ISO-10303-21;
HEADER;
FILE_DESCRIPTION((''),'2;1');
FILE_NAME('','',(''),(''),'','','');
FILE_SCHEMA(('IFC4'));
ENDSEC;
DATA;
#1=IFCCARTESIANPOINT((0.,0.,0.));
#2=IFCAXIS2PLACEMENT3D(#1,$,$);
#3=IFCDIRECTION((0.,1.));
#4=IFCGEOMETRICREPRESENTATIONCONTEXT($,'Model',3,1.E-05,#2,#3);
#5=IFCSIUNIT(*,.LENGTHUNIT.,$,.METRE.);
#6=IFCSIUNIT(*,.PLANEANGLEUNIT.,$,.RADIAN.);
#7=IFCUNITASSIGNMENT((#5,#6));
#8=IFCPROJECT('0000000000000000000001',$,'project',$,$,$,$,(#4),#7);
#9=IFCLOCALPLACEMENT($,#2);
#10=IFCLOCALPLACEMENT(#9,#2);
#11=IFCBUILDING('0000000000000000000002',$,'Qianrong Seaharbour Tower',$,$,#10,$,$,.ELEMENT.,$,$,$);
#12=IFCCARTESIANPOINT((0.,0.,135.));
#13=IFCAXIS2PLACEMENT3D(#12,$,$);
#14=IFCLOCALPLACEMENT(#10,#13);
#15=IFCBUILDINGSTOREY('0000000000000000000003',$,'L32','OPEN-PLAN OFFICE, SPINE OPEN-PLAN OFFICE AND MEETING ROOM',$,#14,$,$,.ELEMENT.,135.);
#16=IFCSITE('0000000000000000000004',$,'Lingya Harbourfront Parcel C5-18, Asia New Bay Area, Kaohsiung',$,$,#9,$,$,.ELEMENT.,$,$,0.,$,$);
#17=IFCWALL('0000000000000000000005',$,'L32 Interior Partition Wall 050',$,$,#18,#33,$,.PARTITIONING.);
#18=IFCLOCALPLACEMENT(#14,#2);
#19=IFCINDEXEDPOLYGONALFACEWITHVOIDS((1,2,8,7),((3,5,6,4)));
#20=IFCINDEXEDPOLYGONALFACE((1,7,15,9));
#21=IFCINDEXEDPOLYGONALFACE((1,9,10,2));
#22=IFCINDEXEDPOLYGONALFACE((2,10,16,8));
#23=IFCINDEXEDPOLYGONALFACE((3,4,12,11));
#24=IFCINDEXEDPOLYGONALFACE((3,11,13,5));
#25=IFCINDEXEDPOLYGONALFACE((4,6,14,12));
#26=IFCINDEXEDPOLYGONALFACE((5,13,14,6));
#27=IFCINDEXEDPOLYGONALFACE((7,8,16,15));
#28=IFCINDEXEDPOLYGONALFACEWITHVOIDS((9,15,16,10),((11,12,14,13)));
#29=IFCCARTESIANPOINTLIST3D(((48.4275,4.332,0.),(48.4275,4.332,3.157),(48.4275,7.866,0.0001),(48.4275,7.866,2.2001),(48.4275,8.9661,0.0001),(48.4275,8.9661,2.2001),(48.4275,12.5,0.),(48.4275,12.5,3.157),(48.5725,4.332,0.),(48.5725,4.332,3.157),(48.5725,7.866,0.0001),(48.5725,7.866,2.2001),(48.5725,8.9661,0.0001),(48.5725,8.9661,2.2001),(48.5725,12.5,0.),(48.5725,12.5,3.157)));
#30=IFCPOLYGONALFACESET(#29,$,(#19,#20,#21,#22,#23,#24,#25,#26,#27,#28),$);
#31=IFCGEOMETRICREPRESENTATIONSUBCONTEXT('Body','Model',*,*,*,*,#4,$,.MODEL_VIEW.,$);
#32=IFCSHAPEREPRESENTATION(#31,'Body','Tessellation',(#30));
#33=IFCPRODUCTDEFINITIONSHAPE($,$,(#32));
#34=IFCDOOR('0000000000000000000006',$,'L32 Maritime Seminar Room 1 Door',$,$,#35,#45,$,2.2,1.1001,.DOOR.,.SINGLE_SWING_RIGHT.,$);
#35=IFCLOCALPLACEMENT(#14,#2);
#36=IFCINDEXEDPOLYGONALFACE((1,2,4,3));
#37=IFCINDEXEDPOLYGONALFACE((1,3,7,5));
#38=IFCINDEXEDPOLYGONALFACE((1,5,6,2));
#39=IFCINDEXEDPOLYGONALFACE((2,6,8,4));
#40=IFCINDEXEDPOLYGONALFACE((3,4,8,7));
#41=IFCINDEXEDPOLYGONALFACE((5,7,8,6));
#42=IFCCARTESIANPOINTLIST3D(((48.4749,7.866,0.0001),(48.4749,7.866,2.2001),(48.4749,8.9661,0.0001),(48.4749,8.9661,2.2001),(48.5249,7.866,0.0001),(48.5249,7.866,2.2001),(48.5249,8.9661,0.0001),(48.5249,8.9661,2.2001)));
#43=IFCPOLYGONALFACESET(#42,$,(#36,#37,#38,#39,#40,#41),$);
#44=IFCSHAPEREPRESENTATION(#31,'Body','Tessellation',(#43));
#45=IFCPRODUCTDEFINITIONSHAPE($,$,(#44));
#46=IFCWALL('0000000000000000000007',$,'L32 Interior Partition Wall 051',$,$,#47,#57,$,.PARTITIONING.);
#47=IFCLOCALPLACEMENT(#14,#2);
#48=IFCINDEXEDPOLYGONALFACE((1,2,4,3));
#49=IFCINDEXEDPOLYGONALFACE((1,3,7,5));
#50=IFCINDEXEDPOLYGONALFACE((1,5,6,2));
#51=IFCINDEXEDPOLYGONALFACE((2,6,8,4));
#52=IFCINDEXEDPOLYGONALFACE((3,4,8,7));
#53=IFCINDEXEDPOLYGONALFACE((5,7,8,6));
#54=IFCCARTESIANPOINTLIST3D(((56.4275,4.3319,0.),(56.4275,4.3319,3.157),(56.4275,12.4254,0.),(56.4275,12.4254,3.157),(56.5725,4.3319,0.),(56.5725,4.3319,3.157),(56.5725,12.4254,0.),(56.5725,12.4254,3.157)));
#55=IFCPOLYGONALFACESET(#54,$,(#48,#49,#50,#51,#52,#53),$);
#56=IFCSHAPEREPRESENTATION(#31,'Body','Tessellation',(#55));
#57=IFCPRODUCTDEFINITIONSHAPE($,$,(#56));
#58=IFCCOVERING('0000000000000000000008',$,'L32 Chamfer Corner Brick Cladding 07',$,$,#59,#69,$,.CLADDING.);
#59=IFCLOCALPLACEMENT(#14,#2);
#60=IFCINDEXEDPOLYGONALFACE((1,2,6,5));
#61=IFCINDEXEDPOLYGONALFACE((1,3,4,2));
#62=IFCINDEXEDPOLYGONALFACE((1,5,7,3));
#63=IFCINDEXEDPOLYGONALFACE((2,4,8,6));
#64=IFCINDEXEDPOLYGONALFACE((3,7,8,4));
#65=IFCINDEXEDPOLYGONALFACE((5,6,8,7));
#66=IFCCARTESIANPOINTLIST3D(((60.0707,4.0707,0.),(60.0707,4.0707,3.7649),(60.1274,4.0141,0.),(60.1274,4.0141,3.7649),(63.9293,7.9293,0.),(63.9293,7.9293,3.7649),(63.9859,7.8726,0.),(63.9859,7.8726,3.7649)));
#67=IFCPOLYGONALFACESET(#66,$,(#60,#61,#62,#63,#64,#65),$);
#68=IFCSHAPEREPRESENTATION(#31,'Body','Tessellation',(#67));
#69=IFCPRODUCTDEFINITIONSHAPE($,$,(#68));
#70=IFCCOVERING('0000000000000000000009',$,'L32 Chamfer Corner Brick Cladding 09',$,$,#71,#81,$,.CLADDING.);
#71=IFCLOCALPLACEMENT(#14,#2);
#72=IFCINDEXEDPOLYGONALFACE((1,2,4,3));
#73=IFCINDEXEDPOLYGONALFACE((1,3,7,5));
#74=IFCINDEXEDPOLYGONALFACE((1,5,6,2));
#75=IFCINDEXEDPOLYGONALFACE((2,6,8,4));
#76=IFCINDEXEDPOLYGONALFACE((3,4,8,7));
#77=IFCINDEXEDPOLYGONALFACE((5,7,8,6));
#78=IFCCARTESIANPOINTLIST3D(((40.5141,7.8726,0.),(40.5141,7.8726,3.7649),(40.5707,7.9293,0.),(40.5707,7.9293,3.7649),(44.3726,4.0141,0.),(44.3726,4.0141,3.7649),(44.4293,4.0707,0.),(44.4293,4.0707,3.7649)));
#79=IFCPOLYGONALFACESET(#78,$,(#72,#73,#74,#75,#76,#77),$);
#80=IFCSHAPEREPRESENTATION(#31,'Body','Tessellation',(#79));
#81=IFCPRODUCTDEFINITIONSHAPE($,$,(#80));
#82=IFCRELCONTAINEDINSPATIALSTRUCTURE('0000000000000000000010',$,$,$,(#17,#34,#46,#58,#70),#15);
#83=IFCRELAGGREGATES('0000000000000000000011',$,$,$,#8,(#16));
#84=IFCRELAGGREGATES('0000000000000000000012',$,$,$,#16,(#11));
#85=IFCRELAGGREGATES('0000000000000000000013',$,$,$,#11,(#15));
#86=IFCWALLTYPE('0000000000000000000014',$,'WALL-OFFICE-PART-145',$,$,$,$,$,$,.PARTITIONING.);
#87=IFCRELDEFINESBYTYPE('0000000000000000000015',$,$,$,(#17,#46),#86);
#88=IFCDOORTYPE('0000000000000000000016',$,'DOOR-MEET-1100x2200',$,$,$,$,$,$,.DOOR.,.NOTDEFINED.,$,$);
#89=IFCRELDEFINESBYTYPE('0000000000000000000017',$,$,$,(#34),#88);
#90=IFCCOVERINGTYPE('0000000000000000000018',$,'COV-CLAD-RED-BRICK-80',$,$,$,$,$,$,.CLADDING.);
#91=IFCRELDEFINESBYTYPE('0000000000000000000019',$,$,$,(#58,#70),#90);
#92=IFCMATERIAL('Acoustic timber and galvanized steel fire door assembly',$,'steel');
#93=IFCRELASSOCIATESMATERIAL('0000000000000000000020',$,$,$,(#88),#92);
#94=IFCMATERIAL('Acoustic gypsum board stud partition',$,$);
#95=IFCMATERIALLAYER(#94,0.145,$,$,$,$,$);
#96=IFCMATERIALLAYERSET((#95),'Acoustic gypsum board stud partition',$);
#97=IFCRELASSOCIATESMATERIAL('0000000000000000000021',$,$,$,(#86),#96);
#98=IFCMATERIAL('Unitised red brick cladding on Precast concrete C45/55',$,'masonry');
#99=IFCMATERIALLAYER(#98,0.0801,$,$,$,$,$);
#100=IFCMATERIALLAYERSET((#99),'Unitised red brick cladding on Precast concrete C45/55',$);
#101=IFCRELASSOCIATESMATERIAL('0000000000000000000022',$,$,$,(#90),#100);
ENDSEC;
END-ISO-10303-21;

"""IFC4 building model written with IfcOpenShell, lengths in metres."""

from ifc_helpers import new_model, si_unit, direction, frame, frame_2d, origin, origin_2d, place, context, subcontext, project, spatial, rectangle, extrude, material, layer, layer_set, type_object, element, fill, save


model = new_model("IFC4")

# Units and contexts
model_context = context("Model", 3, precision=1e-05, world=origin(), true_north=direction((0.0, 1.0)))
body_context = subcontext(model_context, "Body", "Model", "MODEL_VIEW")
ifc_project = project(units=[si_unit("LENGTHUNIT", "METRE"), si_unit("PLANEANGLEUNIT", "RADIAN")], contexts=[model_context])

# Site, building, storey
site_placement = place(None, origin())
site = spatial("IfcSite", under=ifc_project, at=site_placement, Name="Lingya Harbourfront Parcel C5-18, Asia New Bay Area, Kaohsiung", CompositionType="ELEMENT", RefElevation=0.0)
building_placement = place(site_placement, origin())
building = spatial("IfcBuilding", under=site, at=building_placement, Name="Qianrong Seaharbour Tower", CompositionType="ELEMENT")
storey_placement = place(building_placement, frame((0.0, 0.0, 135.0)))
storey = spatial("IfcBuildingStorey", under=building, at=storey_placement, Name="L32", Description="OPEN-PLAN OFFICE, SPINE OPEN-PLAN OFFICE AND MEETING ROOM", CompositionType="ELEMENT", Elevation=135.0)

# Shared definitions
ifc_material_1 = material(Name="Acoustic timber and galvanized steel fire door assembly", Category="steel")

# Shared definitions
door_type_1 = type_object("IfcDoorType", Name="DOOR-MEET-1100x2200", OperationType="NOTDEFINED", PredefinedType="DOOR", material=ifc_material_1)

# Wall, opening, door
ifc_material_2 = material(Name="Acoustic gypsum board stud partition")
ifc_layer_1 = layer(ifc_material_2, 0.145)
ifc_layer_set_1 = layer_set([ifc_layer_1], Name="Acoustic gypsum board stud partition")
wall_type_1 = type_object("IfcWallType", Name="WALL-OFFICE-PART-145", PredefinedType="PARTITIONING", material=ifc_layer_set_1)
wall_1_placement = place(storey_placement, frame((48.5, 12.5, 0.0), z_axis=(0.0, 0.0, 1.0), x_axis=(0.0, -1.0, 0.0)))
wall_1 = element("IfcWall", 1, at=wall_1_placement, inside=storey, type_object=wall_type_1, Name="L32 Interior Partition Wall 050", PredefinedType="PARTITIONING", context=body_context, shape_type="SweptSolid", body=[
    extrude(rectangle(XDim=8.168, YDim=0.145, at=frame_2d((4.084, 0.0))), origin(), (0.0, 0.0, 1.0), 3.157),
])
opening_1_placement = place(wall_1_placement, frame((3.5339, 0.0, 0.0)))
opening_1 = element("IfcOpeningElement", 2, at=opening_1_placement, cuts=wall_1, PredefinedType="OPENING", context=body_context, shape_type="SweptSolid", body=[
    extrude(rectangle(XDim=1.1001, YDim=2.2, at=frame_2d((0.55, 1.1001))), frame((0.0, 0.0825, 0.0), z_axis=(0.0, -1.0, 0.0), x_axis=(1.0, 0.0, 0.0)), (0.0, 0.0, 1.0), 0.165),
])
door_1_placement = place(opening_1_placement, origin())
door_1 = element("IfcDoor", 3, at=door_1_placement, inside=storey, type_object=door_type_1, Name="L32 Maritime Seminar Room 1 Door", OperationType="SINGLE_SWING_RIGHT", OverallHeight=2.2, OverallWidth=1.1001, PredefinedType="DOOR", context=body_context, shape_type="SweptSolid", body=[
    extrude(rectangle(XDim=1.1001, YDim=2.2, at=frame_2d((0.55, 1.1001))), frame((0.0, 0.0249, 0.0), z_axis=(0.0, -1.0, 0.0), x_axis=(1.0, 0.0, 0.0)), (0.0, 0.0, 1.0), 0.05),
])
fill(opening_1, door_1)

# Wall
wall_2_placement = place(storey_placement, frame((56.5, 12.4255, 0.0), z_axis=(0.0, 0.0, 1.0), x_axis=(0.0, -1.0, 0.0)))
element("IfcWall", 4, at=wall_2_placement, inside=storey, type_object=wall_type_1, Name="L32 Interior Partition Wall 051", PredefinedType="PARTITIONING", context=body_context, shape_type="SweptSolid", body=[
    extrude(rectangle(XDim=8.0935, YDim=0.145, at=frame_2d((4.0469, 0.0))), origin(), (0.0, 0.0, 1.0), 3.157),
])

# Coverings
ifc_material_3 = material(Name="Unitised red brick cladding on Precast concrete C45/55", Category="masonry")
ifc_layer_2 = layer(ifc_material_3, 0.0801)
ifc_layer_set_2 = layer_set([ifc_layer_2], Name="Unitised red brick cladding on Precast concrete C45/55")
covering_type = type_object("IfcCoveringType", Name="COV-CLAD-RED-BRICK-80", PredefinedType="CLADDING", material=ifc_layer_set_2)
for number, where, z_axis, x_axis, name in (
    (5, (62.0283, 5.9717, 0.0), (0.0, 0.0, 1.0), (-0.707107, -0.707107, 0.0), "L32 Chamfer Corner Brick Cladding 07"),
    (6, (42.4717, 5.9717, 0.0), (0.0, 0.0, 1.0), (-0.707107, 0.707107, 0.0), "L32 Chamfer Corner Brick Cladding 09"),
):
    element("IfcCovering", number, at=place(storey_placement, frame(where, z_axis=z_axis, x_axis=x_axis)), inside=storey, type_object=covering_type, Name=name, PredefinedType="CLADDING", context=body_context, shape_type="SweptSolid", body=[
        extrude(rectangle(XDim=5.4568, YDim=0.0801, at=origin_2d()), origin(), (0.0, 0.0, 1.0), 3.7649),
    ])

save(model, "model.ifc")
